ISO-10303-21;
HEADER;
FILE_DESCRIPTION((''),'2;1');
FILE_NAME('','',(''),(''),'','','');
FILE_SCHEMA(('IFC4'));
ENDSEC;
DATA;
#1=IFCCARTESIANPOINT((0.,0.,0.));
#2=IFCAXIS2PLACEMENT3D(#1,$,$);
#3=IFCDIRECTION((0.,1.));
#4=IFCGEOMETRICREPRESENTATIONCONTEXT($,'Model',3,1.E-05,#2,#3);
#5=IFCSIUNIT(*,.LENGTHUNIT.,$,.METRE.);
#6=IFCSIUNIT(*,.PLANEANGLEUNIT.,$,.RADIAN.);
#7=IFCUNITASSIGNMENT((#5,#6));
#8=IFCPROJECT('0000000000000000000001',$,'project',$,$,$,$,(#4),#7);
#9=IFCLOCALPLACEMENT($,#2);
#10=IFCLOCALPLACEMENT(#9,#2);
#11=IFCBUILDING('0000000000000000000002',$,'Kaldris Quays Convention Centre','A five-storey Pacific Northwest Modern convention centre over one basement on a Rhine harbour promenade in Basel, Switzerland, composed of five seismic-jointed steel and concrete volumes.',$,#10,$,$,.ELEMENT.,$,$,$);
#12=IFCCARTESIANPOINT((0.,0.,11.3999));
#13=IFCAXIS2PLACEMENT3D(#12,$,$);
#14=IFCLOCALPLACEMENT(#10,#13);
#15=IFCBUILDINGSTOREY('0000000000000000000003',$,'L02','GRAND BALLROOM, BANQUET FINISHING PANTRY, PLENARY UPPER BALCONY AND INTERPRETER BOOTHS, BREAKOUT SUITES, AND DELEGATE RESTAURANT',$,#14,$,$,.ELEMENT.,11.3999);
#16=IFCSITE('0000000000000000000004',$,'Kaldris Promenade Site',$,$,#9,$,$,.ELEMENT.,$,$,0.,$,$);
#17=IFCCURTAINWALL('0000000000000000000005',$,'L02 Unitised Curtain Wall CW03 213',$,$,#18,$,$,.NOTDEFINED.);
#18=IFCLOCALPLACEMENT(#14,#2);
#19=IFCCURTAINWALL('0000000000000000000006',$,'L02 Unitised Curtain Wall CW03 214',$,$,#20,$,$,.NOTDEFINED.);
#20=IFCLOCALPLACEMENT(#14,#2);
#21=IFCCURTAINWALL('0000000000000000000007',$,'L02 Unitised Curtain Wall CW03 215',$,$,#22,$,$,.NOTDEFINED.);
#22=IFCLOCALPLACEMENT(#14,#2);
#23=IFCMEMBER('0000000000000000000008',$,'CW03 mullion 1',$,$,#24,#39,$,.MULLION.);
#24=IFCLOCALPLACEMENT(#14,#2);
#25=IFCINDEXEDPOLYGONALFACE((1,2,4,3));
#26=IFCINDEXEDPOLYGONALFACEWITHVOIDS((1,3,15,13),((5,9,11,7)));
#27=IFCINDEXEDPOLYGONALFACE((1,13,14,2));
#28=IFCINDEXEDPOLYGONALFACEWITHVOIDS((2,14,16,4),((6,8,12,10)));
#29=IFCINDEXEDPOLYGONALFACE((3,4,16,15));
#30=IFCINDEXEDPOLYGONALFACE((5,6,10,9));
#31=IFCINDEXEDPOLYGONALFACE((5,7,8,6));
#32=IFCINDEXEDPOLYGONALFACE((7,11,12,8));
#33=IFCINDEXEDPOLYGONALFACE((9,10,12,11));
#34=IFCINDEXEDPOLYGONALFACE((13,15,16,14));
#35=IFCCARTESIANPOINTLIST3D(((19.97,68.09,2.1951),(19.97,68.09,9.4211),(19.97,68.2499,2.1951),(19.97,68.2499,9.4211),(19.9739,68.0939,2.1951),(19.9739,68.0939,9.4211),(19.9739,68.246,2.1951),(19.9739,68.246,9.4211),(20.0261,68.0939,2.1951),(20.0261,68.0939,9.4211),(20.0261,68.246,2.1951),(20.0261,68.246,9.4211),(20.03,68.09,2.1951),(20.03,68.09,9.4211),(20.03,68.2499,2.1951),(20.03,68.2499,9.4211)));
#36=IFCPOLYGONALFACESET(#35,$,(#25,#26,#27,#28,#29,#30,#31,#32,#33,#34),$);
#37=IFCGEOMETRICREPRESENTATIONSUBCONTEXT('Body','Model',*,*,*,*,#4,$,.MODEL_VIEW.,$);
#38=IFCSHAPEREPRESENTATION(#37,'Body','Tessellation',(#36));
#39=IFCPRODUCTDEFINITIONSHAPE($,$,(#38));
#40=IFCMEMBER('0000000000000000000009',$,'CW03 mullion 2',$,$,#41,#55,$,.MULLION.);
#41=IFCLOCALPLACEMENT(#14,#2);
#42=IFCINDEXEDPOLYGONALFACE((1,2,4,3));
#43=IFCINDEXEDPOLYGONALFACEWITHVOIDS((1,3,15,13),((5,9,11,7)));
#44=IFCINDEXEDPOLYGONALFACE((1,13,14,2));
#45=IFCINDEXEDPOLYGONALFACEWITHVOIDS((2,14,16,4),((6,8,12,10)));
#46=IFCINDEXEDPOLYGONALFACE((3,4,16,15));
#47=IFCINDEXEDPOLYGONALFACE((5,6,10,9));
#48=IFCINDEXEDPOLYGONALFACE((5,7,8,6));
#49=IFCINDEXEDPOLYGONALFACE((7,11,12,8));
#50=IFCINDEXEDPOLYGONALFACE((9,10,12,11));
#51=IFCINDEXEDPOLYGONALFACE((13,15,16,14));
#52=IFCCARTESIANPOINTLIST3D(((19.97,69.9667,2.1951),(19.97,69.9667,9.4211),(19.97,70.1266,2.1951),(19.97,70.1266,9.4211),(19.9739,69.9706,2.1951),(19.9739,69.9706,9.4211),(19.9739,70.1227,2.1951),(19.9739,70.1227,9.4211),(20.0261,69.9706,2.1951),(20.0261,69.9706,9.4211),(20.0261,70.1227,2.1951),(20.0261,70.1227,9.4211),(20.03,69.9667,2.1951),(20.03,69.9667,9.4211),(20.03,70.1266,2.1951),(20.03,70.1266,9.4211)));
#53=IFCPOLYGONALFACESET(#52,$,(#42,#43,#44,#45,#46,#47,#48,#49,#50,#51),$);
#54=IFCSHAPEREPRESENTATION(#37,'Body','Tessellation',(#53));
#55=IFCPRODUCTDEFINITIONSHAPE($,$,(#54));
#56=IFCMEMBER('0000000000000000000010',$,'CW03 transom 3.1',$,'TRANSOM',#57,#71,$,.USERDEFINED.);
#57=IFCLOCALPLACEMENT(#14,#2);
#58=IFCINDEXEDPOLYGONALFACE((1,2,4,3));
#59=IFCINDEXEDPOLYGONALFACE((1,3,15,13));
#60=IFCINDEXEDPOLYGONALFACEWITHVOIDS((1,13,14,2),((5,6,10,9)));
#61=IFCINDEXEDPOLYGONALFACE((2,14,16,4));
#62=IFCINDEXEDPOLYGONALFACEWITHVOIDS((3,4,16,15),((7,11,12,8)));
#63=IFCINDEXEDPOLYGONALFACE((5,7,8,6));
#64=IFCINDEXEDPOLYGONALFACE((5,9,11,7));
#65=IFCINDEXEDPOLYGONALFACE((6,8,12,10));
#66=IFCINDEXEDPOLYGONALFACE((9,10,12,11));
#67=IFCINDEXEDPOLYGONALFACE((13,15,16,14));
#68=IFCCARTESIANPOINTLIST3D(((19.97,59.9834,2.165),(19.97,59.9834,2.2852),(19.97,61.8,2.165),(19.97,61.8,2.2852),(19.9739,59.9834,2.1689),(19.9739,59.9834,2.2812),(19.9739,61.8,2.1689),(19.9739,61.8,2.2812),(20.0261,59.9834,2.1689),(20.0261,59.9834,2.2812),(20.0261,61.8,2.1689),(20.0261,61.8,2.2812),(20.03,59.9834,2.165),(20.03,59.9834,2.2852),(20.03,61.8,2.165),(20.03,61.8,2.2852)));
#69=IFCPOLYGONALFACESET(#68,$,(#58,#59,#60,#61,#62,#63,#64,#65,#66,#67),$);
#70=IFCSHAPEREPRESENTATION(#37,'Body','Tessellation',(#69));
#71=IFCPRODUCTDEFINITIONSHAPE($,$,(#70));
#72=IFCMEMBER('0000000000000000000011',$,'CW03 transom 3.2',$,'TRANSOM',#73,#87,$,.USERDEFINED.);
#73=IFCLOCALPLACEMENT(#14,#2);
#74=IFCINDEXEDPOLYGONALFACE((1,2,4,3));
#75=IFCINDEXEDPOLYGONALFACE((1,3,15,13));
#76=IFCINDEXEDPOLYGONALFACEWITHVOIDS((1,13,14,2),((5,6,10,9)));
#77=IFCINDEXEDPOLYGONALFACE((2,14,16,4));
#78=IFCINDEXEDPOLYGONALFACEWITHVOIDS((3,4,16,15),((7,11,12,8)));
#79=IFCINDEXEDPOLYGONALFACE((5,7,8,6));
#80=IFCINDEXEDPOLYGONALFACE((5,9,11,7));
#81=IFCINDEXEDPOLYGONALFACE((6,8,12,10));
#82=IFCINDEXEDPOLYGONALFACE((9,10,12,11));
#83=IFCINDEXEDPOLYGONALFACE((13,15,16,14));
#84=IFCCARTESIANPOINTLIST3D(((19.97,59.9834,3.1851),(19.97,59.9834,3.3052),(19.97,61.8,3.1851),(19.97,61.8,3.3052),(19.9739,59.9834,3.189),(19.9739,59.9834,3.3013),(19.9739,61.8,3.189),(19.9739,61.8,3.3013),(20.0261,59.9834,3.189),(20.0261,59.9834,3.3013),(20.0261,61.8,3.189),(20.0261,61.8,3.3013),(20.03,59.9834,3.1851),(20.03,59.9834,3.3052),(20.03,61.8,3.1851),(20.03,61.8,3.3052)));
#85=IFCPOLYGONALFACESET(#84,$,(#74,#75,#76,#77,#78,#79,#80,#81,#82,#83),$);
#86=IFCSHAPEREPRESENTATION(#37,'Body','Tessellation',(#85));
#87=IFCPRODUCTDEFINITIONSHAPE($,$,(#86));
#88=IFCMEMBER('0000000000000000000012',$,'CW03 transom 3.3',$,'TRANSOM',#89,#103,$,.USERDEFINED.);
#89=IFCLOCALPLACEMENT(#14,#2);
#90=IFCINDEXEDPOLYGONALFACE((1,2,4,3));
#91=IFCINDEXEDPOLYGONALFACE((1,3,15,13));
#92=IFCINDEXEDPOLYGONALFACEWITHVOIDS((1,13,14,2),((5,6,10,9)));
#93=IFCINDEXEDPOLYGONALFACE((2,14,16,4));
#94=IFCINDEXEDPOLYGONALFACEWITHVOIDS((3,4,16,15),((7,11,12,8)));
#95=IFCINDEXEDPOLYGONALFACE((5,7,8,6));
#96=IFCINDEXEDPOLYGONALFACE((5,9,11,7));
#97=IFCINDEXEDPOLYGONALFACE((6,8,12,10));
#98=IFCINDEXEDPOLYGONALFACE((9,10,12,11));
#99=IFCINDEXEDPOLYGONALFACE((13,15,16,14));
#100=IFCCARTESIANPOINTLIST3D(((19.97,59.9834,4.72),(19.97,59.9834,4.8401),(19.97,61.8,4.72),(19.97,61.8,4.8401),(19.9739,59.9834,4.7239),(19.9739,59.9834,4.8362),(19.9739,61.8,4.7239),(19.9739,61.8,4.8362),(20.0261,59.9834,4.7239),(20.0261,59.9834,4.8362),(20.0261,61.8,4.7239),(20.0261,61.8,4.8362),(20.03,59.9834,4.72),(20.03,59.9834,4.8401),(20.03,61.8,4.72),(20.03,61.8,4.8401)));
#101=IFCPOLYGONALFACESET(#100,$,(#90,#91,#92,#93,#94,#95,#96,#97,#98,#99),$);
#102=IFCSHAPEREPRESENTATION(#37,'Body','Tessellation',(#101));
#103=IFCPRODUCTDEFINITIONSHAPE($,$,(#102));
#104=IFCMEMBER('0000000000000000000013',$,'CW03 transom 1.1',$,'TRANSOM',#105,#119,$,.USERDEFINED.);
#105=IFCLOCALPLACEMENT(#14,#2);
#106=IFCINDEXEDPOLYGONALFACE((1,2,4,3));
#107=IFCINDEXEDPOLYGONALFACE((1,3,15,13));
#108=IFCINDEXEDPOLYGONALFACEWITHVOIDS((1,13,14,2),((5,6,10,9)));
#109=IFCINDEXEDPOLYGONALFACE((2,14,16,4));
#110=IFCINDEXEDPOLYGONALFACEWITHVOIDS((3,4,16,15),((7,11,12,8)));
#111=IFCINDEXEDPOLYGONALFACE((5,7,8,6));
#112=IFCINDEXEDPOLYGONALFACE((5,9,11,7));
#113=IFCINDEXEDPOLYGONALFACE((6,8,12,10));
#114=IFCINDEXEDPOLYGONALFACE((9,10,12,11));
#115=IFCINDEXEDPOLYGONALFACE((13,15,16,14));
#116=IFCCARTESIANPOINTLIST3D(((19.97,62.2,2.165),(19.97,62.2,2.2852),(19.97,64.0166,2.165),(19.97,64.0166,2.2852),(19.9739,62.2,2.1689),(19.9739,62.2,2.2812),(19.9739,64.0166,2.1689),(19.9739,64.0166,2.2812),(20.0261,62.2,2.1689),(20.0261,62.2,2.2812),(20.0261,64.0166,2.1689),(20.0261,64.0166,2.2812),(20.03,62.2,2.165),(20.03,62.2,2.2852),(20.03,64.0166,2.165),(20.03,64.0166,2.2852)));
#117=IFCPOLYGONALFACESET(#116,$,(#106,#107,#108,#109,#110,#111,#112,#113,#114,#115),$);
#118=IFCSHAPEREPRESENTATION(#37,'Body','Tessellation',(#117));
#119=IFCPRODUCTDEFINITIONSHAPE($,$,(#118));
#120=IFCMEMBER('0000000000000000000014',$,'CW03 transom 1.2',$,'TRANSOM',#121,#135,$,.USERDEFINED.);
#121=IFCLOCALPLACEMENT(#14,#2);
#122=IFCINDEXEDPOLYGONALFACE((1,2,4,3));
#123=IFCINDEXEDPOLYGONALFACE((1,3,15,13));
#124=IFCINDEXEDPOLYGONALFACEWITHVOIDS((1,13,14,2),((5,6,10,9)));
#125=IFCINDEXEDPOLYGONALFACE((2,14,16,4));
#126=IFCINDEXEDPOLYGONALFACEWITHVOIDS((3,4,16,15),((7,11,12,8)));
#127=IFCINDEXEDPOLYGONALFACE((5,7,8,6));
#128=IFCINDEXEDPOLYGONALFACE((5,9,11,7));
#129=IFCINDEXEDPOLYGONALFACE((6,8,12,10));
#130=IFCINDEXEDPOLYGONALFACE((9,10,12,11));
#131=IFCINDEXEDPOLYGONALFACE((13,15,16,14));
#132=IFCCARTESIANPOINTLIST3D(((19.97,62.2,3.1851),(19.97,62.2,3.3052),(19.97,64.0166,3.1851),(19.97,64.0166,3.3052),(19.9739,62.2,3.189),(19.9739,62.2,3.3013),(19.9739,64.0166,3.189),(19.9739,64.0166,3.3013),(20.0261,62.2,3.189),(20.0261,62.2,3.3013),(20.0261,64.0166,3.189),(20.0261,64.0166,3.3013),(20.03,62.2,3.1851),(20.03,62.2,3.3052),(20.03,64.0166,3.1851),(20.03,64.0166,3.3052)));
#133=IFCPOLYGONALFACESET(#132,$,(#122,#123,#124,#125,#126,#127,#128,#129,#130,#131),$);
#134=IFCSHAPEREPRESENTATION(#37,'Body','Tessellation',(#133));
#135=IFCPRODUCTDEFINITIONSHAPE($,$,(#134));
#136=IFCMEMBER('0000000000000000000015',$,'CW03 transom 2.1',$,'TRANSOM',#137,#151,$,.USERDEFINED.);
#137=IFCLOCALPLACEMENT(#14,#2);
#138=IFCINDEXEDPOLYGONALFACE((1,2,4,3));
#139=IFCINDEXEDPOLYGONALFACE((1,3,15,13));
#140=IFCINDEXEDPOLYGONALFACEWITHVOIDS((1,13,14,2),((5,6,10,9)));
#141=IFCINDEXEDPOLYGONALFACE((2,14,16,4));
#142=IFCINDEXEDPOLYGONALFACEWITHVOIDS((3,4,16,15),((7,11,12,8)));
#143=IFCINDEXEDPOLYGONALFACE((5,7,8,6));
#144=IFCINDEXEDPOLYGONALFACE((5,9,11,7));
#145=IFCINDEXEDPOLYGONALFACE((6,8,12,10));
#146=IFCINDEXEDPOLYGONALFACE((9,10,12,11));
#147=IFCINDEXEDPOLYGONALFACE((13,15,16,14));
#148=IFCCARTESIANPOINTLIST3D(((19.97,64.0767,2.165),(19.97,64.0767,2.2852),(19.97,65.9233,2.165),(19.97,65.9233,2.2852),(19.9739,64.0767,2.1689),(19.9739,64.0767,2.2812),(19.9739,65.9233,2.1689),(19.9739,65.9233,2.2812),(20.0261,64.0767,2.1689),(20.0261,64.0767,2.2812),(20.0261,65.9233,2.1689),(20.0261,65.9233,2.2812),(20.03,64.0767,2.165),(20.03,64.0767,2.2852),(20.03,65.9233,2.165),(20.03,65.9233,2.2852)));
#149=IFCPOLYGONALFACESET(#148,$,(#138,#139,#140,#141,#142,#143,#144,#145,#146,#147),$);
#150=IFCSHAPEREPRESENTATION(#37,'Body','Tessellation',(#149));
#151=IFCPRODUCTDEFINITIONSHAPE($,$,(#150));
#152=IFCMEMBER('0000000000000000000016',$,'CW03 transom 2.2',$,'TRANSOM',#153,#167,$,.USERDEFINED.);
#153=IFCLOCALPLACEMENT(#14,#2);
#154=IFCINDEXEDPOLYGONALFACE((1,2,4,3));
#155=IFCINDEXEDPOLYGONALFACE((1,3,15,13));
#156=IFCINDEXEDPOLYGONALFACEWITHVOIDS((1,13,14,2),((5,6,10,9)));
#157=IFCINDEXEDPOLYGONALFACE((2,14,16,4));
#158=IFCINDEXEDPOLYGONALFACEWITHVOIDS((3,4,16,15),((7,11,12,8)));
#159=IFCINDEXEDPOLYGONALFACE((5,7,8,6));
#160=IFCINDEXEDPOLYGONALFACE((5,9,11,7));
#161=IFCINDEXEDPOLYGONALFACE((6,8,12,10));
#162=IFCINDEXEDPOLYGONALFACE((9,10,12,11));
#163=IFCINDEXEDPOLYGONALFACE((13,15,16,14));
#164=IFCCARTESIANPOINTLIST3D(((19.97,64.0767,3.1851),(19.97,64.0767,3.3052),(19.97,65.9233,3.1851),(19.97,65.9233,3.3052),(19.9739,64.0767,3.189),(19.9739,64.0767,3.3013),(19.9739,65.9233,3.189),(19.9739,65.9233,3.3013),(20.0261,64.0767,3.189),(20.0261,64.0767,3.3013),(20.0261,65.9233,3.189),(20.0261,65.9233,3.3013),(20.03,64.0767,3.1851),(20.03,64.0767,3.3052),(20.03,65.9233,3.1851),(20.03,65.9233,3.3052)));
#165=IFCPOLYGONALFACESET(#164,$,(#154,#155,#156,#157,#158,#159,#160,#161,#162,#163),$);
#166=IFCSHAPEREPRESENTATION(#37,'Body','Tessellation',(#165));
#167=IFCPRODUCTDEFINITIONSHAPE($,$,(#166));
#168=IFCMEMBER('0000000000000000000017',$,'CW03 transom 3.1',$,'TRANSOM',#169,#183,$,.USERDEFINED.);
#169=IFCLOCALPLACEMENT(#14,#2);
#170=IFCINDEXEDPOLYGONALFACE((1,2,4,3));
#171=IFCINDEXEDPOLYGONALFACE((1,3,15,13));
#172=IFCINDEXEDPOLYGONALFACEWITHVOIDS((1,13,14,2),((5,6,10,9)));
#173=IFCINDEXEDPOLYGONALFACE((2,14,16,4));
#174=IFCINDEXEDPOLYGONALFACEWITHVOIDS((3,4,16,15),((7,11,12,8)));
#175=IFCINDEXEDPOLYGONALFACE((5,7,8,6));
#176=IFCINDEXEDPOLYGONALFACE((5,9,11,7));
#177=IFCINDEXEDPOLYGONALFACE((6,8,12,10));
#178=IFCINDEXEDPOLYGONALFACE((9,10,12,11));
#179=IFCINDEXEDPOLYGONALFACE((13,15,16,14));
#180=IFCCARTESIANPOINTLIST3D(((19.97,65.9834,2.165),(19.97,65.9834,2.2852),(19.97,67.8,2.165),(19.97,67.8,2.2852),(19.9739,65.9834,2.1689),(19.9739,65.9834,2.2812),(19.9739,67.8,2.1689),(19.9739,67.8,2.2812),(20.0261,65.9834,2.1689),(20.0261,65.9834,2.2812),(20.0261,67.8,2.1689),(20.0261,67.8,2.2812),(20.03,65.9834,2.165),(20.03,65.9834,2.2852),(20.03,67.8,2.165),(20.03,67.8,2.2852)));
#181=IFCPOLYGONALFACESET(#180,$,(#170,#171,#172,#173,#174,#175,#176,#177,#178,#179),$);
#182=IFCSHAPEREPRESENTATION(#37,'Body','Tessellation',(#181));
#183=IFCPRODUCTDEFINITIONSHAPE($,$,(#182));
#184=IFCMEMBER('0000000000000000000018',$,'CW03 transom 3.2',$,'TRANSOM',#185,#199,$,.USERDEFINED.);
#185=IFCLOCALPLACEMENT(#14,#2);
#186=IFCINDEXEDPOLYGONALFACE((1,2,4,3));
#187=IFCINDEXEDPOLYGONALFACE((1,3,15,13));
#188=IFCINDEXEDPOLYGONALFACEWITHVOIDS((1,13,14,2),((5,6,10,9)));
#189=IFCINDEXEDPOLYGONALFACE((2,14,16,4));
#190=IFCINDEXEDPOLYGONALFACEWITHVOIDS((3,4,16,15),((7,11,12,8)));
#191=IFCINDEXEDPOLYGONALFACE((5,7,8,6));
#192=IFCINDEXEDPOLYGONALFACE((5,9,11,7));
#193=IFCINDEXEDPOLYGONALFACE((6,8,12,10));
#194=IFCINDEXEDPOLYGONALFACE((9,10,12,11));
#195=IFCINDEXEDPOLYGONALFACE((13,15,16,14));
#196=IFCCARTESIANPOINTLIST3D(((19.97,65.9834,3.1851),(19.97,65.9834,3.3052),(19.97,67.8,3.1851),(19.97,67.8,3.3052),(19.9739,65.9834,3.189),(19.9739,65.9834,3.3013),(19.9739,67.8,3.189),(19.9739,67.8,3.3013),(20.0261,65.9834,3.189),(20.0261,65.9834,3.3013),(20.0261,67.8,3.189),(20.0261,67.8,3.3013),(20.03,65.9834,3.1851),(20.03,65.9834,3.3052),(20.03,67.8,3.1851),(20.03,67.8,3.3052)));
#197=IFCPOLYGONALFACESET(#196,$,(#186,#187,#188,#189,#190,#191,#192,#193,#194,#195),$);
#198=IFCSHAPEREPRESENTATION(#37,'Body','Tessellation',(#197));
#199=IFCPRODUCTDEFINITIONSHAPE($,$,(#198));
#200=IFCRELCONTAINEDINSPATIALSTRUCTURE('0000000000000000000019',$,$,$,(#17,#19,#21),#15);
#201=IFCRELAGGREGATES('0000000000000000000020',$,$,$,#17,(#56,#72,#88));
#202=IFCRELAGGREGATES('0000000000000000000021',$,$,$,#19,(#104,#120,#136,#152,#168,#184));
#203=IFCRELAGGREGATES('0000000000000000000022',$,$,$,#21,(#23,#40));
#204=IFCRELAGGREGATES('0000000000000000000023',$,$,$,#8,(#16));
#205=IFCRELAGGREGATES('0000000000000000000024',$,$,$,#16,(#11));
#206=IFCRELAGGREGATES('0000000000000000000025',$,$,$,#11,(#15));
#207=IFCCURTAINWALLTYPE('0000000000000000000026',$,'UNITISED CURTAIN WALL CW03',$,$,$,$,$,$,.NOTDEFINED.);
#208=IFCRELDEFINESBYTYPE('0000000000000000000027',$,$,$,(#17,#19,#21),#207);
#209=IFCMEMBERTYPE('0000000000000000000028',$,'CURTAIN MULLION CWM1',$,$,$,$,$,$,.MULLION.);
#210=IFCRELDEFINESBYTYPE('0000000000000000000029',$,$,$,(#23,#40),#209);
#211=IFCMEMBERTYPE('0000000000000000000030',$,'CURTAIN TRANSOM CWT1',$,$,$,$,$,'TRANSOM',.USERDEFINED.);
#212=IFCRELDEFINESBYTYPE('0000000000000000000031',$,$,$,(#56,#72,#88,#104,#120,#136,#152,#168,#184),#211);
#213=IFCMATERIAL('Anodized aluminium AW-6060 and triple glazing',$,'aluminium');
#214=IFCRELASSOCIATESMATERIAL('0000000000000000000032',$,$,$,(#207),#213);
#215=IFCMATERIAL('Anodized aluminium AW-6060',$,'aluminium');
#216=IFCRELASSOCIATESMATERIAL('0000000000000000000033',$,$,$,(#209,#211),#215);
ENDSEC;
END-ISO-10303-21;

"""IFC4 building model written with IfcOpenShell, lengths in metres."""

from ifc_helpers import new_model, si_unit, direction, frame, origin, origin_2d, place, context, subcontext, project, spatial, hollow_rectangle, extrude, material, material_profile, profile_set, type_object, element, aggregate, save


model = new_model("IFC4")

# Units and contexts
model_context = context("Model", 3, precision=1e-05, world=origin(), true_north=direction((0.0, 1.0)))
body_context = subcontext(model_context, "Body", "Model", "MODEL_VIEW")
ifc_project = project(units=[si_unit("LENGTHUNIT", "METRE"), si_unit("PLANEANGLEUNIT", "RADIAN")], contexts=[model_context])

# Site, building, storey
site_placement = place(None, origin())
site = spatial("IfcSite", under=ifc_project, at=site_placement, Name="Kaldris Promenade Site", CompositionType="ELEMENT", RefElevation=0.0)
building_placement = place(site_placement, origin())
building = spatial("IfcBuilding", under=site, at=building_placement, Name="Kaldris Quays Convention Centre", Description="A five-storey Pacific Northwest Modern convention centre over one basement on a Rhine harbour promenade in Basel, Switzerland, composed of five seismic-jointed steel and concrete volumes.", CompositionType="ELEMENT")
storey_placement = place(building_placement, frame((0.0, 0.0, 11.3999)))
storey = spatial("IfcBuildingStorey", under=building, at=storey_placement, Name="L02", Description="GRAND BALLROOM, BANQUET FINISHING PANTRY, PLENARY UPPER BALCONY AND INTERPRETER BOOTHS, BREAKOUT SUITES, AND DELEGATE RESTAURANT", CompositionType="ELEMENT", Elevation=11.3999)

# Curtain walls, members
ifc_material_1 = material(Name="Anodized aluminium AW-6060 and triple glazing", Category="aluminium")
curtain_wall_type = type_object("IfcCurtainWallType", Name="UNITISED CURTAIN WALL CW03", PredefinedType="NOTDEFINED", material=ifc_material_1)
curtain_wall_1_placement = place(storey_placement, origin())
curtain_wall_1 = element("IfcCurtainWall", 1, at=curtain_wall_1_placement, inside=storey, type_object=curtain_wall_type, Name="L02 Unitised Curtain Wall CW03 213", PredefinedType="NOTDEFINED")
ifc_material_2 = material(Name="Anodized aluminium AW-6060", Category="aluminium")
ifc_material_profile_1 = material_profile(ifc_material_2, hollow_rectangle(XDim=0.0601, YDim=0.1599, WallThickness=0.0039, at=origin_2d()), Name="RHS 160x60x4")
ifc_profile_set_1 = profile_set([ifc_material_profile_1], Name="Anodized aluminium AW-6060")
member_type_1 = type_object("IfcMemberType", Name="CURTAIN MULLION CWM1", PredefinedType="MULLION", material=ifc_profile_set_1)
curtain_wall_2_placement = place(storey_placement, origin())
curtain_wall_2 = element("IfcCurtainWall", 2, at=curtain_wall_2_placement, inside=storey, type_object=curtain_wall_type, Name="L02 Unitised Curtain Wall CW03 214", PredefinedType="NOTDEFINED")
curtain_wall_3_placement = place(storey_placement, origin())
curtain_wall_3 = element("IfcCurtainWall", 3, at=curtain_wall_3_placement, inside=storey, type_object=curtain_wall_type, Name="L02 Unitised Curtain Wall CW03 215", PredefinedType="NOTDEFINED")
member_1_placement = place(storey_placement, frame((20.0, 68.1699, 2.1951), z_axis=(0.0, 0.0, 1.0), x_axis=(-1.0, 0.0, 0.0)))
member_1 = element("IfcMember", 4, at=member_1_placement, type_object=member_type_1, Name="CW03 mullion 1", PredefinedType="MULLION", context=body_context, shape_type="SweptSolid", body=[
    extrude(hollow_rectangle(XDim=0.0601, YDim=0.1599, WallThickness=0.0039, at=origin_2d()), origin(), (0.0, 0.0, 1.0), 7.2261),
])
member_2_placement = place(storey_placement, frame((20.0, 70.0466, 2.1951), z_axis=(0.0, 0.0, 1.0), x_axis=(-1.0, 0.0, 0.0)))
member_2 = element("IfcMember", 5, at=member_2_placement, type_object=member_type_1, Name="CW03 mullion 2", PredefinedType="MULLION", context=body_context, shape_type="SweptSolid", body=[
    extrude(hollow_rectangle(XDim=0.0601, YDim=0.1599, WallThickness=0.0039, at=origin_2d()), origin(), (0.0, 0.0, 1.0), 7.2261),
])

# Members
ifc_material_profile_2 = material_profile(ifc_material_2, hollow_rectangle(XDim=0.0601, YDim=0.1201, WallThickness=0.0039, at=origin_2d()), Name="RHS 120x60x4")
ifc_profile_set_2 = profile_set([ifc_material_profile_2], Name="Anodized aluminium AW-6060")
member_type_2 = type_object("IfcMemberType", Name="CURTAIN TRANSOM CWT1", ElementType="TRANSOM", PredefinedType="USERDEFINED", material=ifc_profile_set_2)
member_3_placement = place(storey_placement, frame((20.0, 59.9834, 2.2251), z_axis=(0.0, 1.0, 0.0), x_axis=(-1.0, 0.0, 0.0)))
member_3 = element("IfcMember", 6, at=member_3_placement, type_object=member_type_2, Name="CW03 transom 3.1", ObjectType="TRANSOM", PredefinedType="USERDEFINED", context=body_context, shape_type="SweptSolid", body=[
    extrude(hollow_rectangle(XDim=0.0601, YDim=0.1201, WallThickness=0.0039, at=origin_2d()), origin(), (0.0, 0.0, 1.0), 1.8167),
])
member_4_placement = place(storey_placement, frame((20.0, 59.9834, 3.2451), z_axis=(0.0, 1.0, 0.0), x_axis=(-1.0, 0.0, 0.0)))
member_4 = element("IfcMember", 7, at=member_4_placement, type_object=member_type_2, Name="CW03 transom 3.2", ObjectType="TRANSOM", PredefinedType="USERDEFINED", context=body_context, shape_type="SweptSolid", body=[
    extrude(hollow_rectangle(XDim=0.0601, YDim=0.1201, WallThickness=0.0039, at=origin_2d()), origin(), (0.0, 0.0, 1.0), 1.8167),
])
member_5_placement = place(storey_placement, frame((20.0, 59.9834, 4.78), z_axis=(0.0, 1.0, 0.0), x_axis=(-1.0, 0.0, 0.0)))
member_5 = element("IfcMember", 8, at=member_5_placement, type_object=member_type_2, Name="CW03 transom 3.3", ObjectType="TRANSOM", PredefinedType="USERDEFINED", context=body_context, shape_type="SweptSolid", body=[
    extrude(hollow_rectangle(XDim=0.0601, YDim=0.1201, WallThickness=0.0039, at=origin_2d()), origin(), (0.0, 0.0, 1.0), 1.8167),
])
member_6_placement = place(storey_placement, frame((20.0, 62.2, 2.2251), z_axis=(0.0, 1.0, 0.0), x_axis=(-1.0, 0.0, 0.0)))
member_6 = element("IfcMember", 9, at=member_6_placement, type_object=member_type_2, Name="CW03 transom 1.1", ObjectType="TRANSOM", PredefinedType="USERDEFINED", context=body_context, shape_type="SweptSolid", body=[
    extrude(hollow_rectangle(XDim=0.0601, YDim=0.1201, WallThickness=0.0039, at=origin_2d()), origin(), (0.0, 0.0, 1.0), 1.8167),
])
member_7_placement = place(storey_placement, frame((20.0, 62.2, 3.2451), z_axis=(0.0, 1.0, 0.0), x_axis=(-1.0, 0.0, 0.0)))
member_7 = element("IfcMember", 10, at=member_7_placement, type_object=member_type_2, Name="CW03 transom 1.2", ObjectType="TRANSOM", PredefinedType="USERDEFINED", context=body_context, shape_type="SweptSolid", body=[
    extrude(hollow_rectangle(XDim=0.0601, YDim=0.1201, WallThickness=0.0039, at=origin_2d()), origin(), (0.0, 0.0, 1.0), 1.8167),
])
member_8_placement = place(storey_placement, frame((20.0, 64.0767, 2.2251), z_axis=(0.0, 1.0, 0.0), x_axis=(-1.0, 0.0, 0.0)))
member_8 = element("IfcMember", 11, at=member_8_placement, type_object=member_type_2, Name="CW03 transom 2.1", ObjectType="TRANSOM", PredefinedType="USERDEFINED", context=body_context, shape_type="SweptSolid", body=[
    extrude(hollow_rectangle(XDim=0.0601, YDim=0.1201, WallThickness=0.0039, at=origin_2d()), origin(), (0.0, 0.0, 1.0), 1.8467),
])
member_9_placement = place(storey_placement, frame((20.0, 64.0767, 3.2451), z_axis=(0.0, 1.0, 0.0), x_axis=(-1.0, 0.0, 0.0)))
member_9 = element("IfcMember", 12, at=member_9_placement, type_object=member_type_2, Name="CW03 transom 2.2", ObjectType="TRANSOM", PredefinedType="USERDEFINED", context=body_context, shape_type="SweptSolid", body=[
    extrude(hollow_rectangle(XDim=0.0601, YDim=0.1201, WallThickness=0.0039, at=origin_2d()), origin(), (0.0, 0.0, 1.0), 1.8467),
])
member_10_placement = place(storey_placement, frame((20.0, 65.9834, 2.2251), z_axis=(0.0, 1.0, 0.0), x_axis=(-1.0, 0.0, 0.0)))
member_10 = element("IfcMember", 13, at=member_10_placement, type_object=member_type_2, Name="CW03 transom 3.1", ObjectType="TRANSOM", PredefinedType="USERDEFINED", context=body_context, shape_type="SweptSolid", body=[
    extrude(hollow_rectangle(XDim=0.0601, YDim=0.1201, WallThickness=0.0039, at=origin_2d()), origin(), (0.0, 0.0, 1.0), 1.8167),
])
member_11_placement = place(storey_placement, frame((20.0, 65.9834, 3.2451), z_axis=(0.0, 1.0, 0.0), x_axis=(-1.0, 0.0, 0.0)))
member_11 = element("IfcMember", 14, at=member_11_placement, type_object=member_type_2, Name="CW03 transom 3.2", ObjectType="TRANSOM", PredefinedType="USERDEFINED", context=body_context, shape_type="SweptSolid", body=[
    extrude(hollow_rectangle(XDim=0.0601, YDim=0.1201, WallThickness=0.0039, at=origin_2d()), origin(), (0.0, 0.0, 1.0), 1.8167),
])

aggregate(curtain_wall_1, [member_3, member_4, member_5])
aggregate(curtain_wall_2, [member_6, member_7, member_8, member_9, member_10, member_11])
aggregate(curtain_wall_3, [member_1, member_2])

save(model, "model.ifc")
